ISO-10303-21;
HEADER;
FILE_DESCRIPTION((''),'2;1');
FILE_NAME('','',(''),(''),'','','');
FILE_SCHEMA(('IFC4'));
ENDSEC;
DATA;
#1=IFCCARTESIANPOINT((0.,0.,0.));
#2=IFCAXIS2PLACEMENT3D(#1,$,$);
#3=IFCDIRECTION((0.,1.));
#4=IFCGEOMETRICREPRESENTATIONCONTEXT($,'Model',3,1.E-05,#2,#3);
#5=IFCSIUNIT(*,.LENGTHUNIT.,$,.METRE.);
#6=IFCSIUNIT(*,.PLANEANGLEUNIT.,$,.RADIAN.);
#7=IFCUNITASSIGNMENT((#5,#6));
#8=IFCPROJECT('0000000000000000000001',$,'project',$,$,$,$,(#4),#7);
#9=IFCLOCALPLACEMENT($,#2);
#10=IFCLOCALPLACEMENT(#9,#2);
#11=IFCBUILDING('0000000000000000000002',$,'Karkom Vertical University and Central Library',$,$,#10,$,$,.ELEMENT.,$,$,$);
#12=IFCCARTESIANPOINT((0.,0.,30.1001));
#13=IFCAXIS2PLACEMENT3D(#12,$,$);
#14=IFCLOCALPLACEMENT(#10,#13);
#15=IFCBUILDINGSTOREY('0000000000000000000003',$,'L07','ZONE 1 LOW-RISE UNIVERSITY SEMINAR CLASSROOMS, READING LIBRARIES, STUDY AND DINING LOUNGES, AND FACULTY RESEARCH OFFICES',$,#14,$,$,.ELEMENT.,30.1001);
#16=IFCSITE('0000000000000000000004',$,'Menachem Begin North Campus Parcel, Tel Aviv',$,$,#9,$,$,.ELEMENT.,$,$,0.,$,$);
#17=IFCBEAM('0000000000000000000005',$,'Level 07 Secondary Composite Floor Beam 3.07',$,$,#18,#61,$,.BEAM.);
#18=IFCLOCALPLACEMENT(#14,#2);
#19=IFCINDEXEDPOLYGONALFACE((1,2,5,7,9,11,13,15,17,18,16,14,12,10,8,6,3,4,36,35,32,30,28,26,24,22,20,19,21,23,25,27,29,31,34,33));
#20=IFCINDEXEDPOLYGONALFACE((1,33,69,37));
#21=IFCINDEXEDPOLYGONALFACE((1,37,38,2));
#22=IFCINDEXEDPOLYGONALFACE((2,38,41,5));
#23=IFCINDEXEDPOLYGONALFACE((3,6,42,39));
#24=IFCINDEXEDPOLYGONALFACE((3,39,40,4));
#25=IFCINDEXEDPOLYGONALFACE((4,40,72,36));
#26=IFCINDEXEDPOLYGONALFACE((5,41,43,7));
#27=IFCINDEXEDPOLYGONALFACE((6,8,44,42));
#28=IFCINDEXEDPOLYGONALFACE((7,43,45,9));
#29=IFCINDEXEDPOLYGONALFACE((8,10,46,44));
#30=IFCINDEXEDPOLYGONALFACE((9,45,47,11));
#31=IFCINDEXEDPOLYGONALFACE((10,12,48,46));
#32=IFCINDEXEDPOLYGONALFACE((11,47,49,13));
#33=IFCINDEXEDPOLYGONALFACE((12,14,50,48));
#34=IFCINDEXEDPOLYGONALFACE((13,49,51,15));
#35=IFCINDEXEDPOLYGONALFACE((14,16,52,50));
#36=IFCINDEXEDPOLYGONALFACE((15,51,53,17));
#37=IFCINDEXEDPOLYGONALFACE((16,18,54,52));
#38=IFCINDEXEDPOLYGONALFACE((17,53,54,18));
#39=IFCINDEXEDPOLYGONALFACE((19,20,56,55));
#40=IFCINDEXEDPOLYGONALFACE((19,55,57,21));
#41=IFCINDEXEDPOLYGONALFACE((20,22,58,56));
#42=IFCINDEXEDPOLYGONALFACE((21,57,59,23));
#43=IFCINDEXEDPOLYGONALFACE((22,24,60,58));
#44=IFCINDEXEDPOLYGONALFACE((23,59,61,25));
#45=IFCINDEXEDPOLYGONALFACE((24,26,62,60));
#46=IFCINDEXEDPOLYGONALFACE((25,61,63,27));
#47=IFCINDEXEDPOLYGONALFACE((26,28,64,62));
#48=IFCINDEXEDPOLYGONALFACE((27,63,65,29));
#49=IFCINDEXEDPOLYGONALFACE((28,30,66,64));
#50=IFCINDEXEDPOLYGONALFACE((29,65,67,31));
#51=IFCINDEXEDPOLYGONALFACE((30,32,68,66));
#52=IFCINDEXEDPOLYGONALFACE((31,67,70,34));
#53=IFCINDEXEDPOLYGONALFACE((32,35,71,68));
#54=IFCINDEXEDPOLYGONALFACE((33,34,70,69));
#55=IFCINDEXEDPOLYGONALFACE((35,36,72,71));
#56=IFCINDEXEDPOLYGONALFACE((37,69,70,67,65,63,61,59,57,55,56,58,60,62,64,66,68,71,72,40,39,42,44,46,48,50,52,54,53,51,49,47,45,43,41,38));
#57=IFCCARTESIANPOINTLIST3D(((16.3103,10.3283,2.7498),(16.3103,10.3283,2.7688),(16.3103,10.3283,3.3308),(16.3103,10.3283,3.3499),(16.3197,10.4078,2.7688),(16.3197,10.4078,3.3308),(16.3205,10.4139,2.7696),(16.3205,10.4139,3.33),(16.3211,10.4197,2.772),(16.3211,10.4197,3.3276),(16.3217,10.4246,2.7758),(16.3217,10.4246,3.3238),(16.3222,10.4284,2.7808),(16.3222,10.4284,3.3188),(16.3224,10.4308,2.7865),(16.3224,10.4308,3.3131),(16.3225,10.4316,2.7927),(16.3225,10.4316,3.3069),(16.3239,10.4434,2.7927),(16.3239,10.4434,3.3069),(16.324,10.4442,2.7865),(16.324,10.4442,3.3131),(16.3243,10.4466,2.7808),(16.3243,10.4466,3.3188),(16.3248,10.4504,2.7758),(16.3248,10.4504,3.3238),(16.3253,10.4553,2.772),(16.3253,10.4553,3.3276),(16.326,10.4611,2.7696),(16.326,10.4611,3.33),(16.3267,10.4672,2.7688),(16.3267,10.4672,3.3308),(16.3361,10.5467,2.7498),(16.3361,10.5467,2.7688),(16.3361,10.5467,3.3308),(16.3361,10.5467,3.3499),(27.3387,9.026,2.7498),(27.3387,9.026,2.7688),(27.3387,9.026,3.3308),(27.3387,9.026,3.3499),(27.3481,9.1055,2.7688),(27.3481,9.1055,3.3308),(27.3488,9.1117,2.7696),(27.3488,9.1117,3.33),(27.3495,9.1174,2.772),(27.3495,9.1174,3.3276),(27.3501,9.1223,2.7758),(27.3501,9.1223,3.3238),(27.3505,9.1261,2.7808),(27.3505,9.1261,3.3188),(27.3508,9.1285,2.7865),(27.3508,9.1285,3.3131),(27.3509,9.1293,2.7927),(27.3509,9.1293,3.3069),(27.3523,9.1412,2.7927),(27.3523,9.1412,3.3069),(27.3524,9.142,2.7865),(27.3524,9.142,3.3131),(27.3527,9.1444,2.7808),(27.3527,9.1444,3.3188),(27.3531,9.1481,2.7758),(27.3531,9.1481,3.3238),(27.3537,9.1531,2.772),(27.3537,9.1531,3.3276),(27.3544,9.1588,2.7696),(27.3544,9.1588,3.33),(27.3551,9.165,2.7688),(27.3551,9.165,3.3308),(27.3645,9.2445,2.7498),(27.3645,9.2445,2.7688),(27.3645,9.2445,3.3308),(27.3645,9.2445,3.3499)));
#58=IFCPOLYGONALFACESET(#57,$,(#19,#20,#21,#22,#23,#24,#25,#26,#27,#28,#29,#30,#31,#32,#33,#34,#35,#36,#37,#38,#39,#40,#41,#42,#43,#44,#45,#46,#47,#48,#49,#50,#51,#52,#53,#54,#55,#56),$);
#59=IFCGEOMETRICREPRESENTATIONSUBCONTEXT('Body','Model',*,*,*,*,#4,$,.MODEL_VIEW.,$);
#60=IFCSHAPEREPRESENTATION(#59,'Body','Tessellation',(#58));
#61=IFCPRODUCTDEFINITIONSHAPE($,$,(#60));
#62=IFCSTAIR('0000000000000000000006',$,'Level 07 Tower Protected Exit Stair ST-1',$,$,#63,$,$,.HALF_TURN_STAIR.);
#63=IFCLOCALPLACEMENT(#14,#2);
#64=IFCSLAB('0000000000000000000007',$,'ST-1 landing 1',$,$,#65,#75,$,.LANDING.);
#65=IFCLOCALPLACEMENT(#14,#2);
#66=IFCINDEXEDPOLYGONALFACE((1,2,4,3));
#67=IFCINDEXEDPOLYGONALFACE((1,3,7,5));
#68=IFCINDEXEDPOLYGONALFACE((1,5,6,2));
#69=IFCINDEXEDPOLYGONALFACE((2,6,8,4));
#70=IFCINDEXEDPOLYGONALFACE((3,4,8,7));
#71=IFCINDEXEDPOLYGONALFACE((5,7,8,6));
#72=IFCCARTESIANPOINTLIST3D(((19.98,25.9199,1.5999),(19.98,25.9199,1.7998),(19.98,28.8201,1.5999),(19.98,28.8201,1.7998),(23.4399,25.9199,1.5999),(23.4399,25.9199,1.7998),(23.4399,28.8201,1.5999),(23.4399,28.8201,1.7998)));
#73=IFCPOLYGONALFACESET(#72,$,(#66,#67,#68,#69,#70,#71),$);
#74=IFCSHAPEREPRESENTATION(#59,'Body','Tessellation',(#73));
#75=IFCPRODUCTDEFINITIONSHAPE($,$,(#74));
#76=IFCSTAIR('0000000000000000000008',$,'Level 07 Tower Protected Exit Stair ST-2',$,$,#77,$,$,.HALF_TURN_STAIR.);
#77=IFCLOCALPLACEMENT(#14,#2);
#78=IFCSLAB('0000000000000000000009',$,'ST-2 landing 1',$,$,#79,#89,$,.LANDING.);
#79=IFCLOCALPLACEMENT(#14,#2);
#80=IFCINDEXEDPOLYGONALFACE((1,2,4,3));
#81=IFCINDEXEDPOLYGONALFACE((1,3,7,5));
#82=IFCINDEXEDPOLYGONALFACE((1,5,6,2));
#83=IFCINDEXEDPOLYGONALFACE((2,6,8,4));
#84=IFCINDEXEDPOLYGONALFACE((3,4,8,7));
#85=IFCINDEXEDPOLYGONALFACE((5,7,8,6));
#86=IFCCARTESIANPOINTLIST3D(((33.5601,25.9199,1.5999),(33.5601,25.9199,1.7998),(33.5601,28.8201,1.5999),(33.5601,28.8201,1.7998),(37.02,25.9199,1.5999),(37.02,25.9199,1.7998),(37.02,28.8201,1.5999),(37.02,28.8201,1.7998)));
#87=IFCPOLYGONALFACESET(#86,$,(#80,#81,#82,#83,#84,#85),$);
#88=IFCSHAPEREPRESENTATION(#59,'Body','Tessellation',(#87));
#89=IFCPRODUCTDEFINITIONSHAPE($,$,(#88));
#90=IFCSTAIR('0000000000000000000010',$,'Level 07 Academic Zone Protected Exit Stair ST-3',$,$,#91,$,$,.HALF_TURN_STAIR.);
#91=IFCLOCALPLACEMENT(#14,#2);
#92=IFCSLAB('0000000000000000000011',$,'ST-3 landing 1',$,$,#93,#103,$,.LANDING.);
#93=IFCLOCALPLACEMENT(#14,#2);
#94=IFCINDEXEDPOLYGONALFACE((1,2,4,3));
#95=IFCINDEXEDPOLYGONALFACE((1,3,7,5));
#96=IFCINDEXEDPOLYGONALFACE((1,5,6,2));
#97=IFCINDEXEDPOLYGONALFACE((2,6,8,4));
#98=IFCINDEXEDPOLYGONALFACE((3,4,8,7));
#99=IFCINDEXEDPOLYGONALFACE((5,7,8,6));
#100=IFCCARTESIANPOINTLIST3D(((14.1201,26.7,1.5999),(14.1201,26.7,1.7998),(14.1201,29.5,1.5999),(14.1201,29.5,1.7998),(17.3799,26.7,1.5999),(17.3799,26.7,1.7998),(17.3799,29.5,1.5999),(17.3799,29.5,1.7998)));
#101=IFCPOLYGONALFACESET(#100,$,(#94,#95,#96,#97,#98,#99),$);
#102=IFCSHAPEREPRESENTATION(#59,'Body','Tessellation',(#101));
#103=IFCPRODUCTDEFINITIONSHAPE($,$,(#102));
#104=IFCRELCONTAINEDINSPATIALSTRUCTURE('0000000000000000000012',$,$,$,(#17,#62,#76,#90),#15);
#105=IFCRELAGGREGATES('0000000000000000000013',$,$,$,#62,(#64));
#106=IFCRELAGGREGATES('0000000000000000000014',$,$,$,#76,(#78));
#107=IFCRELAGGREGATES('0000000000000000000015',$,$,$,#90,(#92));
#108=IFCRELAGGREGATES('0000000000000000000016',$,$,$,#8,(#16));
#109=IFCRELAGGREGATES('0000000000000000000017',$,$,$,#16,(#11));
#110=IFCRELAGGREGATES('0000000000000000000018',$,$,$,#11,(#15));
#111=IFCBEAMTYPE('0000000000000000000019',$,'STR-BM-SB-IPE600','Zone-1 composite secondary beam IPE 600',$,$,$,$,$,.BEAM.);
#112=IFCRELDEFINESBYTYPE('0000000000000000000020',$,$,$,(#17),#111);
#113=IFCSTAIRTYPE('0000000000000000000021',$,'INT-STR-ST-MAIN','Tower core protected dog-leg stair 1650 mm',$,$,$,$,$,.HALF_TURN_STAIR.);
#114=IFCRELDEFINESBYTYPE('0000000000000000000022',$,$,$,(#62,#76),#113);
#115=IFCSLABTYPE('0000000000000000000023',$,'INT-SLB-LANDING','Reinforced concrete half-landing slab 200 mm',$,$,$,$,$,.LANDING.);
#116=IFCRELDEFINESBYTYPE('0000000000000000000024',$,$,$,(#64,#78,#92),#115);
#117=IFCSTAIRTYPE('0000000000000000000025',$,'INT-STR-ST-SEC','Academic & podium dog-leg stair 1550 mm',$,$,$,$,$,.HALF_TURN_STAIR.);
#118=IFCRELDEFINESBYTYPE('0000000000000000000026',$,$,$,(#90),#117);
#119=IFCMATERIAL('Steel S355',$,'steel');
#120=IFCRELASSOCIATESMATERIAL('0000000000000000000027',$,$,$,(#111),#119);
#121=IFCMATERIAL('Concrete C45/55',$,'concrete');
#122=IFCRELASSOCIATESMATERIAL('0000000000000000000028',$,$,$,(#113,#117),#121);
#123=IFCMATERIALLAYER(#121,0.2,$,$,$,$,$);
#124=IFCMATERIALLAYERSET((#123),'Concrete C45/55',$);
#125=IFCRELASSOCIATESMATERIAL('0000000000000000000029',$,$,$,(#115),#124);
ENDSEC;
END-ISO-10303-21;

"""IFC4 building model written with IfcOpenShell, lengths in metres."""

from ifc_helpers import new_model, si_unit, direction, frame, origin, origin_with_axes, origin_2d, place, context, subcontext, project, spatial, polyline, i_section, outline, extrude, source, transform, mapped, material, layer, layer_set, material_profile, profile_set, type_object, element, aggregate, save


model = new_model("IFC4")

# Units and contexts
model_context = context("Model", 3, precision=1e-05, world=origin(), true_north=direction((0.0, 1.0)))
body_context = subcontext(model_context, "Body", "Model", "MODEL_VIEW")
ifc_project = project(units=[si_unit("LENGTHUNIT", "METRE"), si_unit("PLANEANGLEUNIT", "RADIAN")], contexts=[model_context])

# Site, building, storey
site_placement = place(None, origin())
site = spatial("IfcSite", under=ifc_project, at=site_placement, Name="Menachem Begin North Campus Parcel, Tel Aviv", CompositionType="ELEMENT", RefElevation=0.0)
building_placement = place(site_placement, origin())
building = spatial("IfcBuilding", under=site, at=building_placement, Name="Karkom Vertical University and Central Library", CompositionType="ELEMENT")
storey_placement = place(building_placement, frame((0.0, 0.0, 30.1001)))
storey = spatial("IfcBuildingStorey", under=building, at=storey_placement, Name="L07", Description="ZONE 1 LOW-RISE UNIVERSITY SEMINAR CLASSROOMS, READING LIBRARIES, STUDY AND DINING LOUNGES, AND FACULTY RESEARCH OFFICES", CompositionType="ELEMENT", Elevation=30.1001)

# Beam
ifc_material_1 = material(Name="Steel S355", Category="steel")
ifc_material_profile_1 = material_profile(ifc_material_1, i_section(OverallWidth=0.22, OverallDepth=0.6001, WebThickness=0.012, FlangeThickness=0.019, FilletRadius=0.0239, at=origin_2d()), Name="IPE 600")
ifc_profile_set_1 = profile_set([ifc_material_profile_1], Name="Steel S355")
beam_type_1 = type_object("IfcBeamType", Name="STR-BM-SB-IPE600", Description="Zone-1 composite secondary beam IPE 600", PredefinedType="BEAM", material=ifc_profile_set_1)
shared_shape_1 = source(origin_with_axes(), body_context, "Body", "SweptSolid", [
    extrude(i_section(OverallWidth=0.22, OverallDepth=0.6001, WebThickness=0.012, FlangeThickness=0.019, FilletRadius=0.0239, at=origin_2d()), origin(), (0.0, 0.0, 1.0), 11.105),
])
beam_1_placement = place(storey_placement, frame((16.3232, 10.4375, 3.0498), z_axis=(0.9931, -0.117267, 0.0), x_axis=(0.117267, 0.9931, 0.0)))
element("IfcBeam", 1, at=beam_1_placement, inside=storey, type_object=beam_type_1, Name="Level 07 Secondary Composite Floor Beam 3.07", PredefinedType="BEAM", context=body_context, shape_type="MappedRepresentation", body=[
    mapped(shared_shape_1, transform((0.0, 0.0, 0.0), scale=1.0)),
])

# Stairs, slabs
ifc_material_2 = material(Name="Concrete C45/55", Category="concrete")
stair_type_1 = type_object("IfcStairType", Name="INT-STR-ST-MAIN", Description="Tower core protected dog-leg stair 1650 mm", PredefinedType="HALF_TURN_STAIR", material=ifc_material_2)
stair_1_placement = place(storey_placement, origin())
stair_1 = element("IfcStair", 2, at=stair_1_placement, inside=storey, type_object=stair_type_1, Name="Level 07 Tower Protected Exit Stair ST-1", PredefinedType="HALF_TURN_STAIR")
ifc_layer_1 = layer(ifc_material_2, 0.2)
ifc_layer_set_1 = layer_set([ifc_layer_1], Name="Concrete C45/55")
slab_type_1 = type_object("IfcSlabType", Name="INT-SLB-LANDING", Description="Reinforced concrete half-landing slab 200 mm", PredefinedType="LANDING", material=ifc_layer_set_1)
slab_1_placement = place(storey_placement, frame((0.0, 0.0, 1.5999)))
slab_1 = element("IfcSlab", 3, at=slab_1_placement, type_object=slab_type_1, Name="ST-1 landing 1", PredefinedType="LANDING", context=body_context, shape_type="SweptSolid", body=[
    extrude(outline(polyline([(23.4399, 25.9199), (23.4399, 28.8201), (19.98, 28.8201), (19.98, 25.9199), (23.4399, 25.9199)])), origin(), (0.0, 0.0, 1.0), 0.2),
])
aggregate(stair_1, [slab_1])
stair_2_placement = place(storey_placement, origin())
stair_2 = element("IfcStair", 4, at=stair_2_placement, inside=storey, type_object=stair_type_1, Name="Level 07 Tower Protected Exit Stair ST-2", PredefinedType="HALF_TURN_STAIR")
slab_2_placement = place(storey_placement, frame((0.0, 0.0, 1.5999)))
slab_2 = element("IfcSlab", 5, at=slab_2_placement, type_object=slab_type_1, Name="ST-2 landing 1", PredefinedType="LANDING", context=body_context, shape_type="SweptSolid", body=[
    extrude(outline(polyline([(37.02, 25.9199), (37.02, 28.8201), (33.5601, 28.8201), (33.5601, 25.9199), (37.02, 25.9199)])), origin(), (0.0, 0.0, 1.0), 0.2),
])
aggregate(stair_2, [slab_2])
stair_type_2 = type_object("IfcStairType", Name="INT-STR-ST-SEC", Description="Academic & podium dog-leg stair 1550 mm", PredefinedType="HALF_TURN_STAIR", material=ifc_material_2)
stair_3_placement = place(storey_placement, origin())
stair_3 = element("IfcStair", 6, at=stair_3_placement, inside=storey, type_object=stair_type_2, Name="Level 07 Academic Zone Protected Exit Stair ST-3", PredefinedType="HALF_TURN_STAIR")
slab_3_placement = place(storey_placement, frame((0.0, 0.0, 1.5999)))
slab_3 = element("IfcSlab", 7, at=slab_3_placement, type_object=slab_type_1, Name="ST-3 landing 1", PredefinedType="LANDING", context=body_context, shape_type="SweptSolid", body=[
    extrude(outline(polyline([(17.3799, 26.7), (17.3799, 29.5), (14.1201, 29.5), (14.1201, 26.7), (17.3799, 26.7)])), origin(), (0.0, 0.0, 1.0), 0.2),
])
aggregate(stair_3, [slab_3])

save(model, "model.ifc")
